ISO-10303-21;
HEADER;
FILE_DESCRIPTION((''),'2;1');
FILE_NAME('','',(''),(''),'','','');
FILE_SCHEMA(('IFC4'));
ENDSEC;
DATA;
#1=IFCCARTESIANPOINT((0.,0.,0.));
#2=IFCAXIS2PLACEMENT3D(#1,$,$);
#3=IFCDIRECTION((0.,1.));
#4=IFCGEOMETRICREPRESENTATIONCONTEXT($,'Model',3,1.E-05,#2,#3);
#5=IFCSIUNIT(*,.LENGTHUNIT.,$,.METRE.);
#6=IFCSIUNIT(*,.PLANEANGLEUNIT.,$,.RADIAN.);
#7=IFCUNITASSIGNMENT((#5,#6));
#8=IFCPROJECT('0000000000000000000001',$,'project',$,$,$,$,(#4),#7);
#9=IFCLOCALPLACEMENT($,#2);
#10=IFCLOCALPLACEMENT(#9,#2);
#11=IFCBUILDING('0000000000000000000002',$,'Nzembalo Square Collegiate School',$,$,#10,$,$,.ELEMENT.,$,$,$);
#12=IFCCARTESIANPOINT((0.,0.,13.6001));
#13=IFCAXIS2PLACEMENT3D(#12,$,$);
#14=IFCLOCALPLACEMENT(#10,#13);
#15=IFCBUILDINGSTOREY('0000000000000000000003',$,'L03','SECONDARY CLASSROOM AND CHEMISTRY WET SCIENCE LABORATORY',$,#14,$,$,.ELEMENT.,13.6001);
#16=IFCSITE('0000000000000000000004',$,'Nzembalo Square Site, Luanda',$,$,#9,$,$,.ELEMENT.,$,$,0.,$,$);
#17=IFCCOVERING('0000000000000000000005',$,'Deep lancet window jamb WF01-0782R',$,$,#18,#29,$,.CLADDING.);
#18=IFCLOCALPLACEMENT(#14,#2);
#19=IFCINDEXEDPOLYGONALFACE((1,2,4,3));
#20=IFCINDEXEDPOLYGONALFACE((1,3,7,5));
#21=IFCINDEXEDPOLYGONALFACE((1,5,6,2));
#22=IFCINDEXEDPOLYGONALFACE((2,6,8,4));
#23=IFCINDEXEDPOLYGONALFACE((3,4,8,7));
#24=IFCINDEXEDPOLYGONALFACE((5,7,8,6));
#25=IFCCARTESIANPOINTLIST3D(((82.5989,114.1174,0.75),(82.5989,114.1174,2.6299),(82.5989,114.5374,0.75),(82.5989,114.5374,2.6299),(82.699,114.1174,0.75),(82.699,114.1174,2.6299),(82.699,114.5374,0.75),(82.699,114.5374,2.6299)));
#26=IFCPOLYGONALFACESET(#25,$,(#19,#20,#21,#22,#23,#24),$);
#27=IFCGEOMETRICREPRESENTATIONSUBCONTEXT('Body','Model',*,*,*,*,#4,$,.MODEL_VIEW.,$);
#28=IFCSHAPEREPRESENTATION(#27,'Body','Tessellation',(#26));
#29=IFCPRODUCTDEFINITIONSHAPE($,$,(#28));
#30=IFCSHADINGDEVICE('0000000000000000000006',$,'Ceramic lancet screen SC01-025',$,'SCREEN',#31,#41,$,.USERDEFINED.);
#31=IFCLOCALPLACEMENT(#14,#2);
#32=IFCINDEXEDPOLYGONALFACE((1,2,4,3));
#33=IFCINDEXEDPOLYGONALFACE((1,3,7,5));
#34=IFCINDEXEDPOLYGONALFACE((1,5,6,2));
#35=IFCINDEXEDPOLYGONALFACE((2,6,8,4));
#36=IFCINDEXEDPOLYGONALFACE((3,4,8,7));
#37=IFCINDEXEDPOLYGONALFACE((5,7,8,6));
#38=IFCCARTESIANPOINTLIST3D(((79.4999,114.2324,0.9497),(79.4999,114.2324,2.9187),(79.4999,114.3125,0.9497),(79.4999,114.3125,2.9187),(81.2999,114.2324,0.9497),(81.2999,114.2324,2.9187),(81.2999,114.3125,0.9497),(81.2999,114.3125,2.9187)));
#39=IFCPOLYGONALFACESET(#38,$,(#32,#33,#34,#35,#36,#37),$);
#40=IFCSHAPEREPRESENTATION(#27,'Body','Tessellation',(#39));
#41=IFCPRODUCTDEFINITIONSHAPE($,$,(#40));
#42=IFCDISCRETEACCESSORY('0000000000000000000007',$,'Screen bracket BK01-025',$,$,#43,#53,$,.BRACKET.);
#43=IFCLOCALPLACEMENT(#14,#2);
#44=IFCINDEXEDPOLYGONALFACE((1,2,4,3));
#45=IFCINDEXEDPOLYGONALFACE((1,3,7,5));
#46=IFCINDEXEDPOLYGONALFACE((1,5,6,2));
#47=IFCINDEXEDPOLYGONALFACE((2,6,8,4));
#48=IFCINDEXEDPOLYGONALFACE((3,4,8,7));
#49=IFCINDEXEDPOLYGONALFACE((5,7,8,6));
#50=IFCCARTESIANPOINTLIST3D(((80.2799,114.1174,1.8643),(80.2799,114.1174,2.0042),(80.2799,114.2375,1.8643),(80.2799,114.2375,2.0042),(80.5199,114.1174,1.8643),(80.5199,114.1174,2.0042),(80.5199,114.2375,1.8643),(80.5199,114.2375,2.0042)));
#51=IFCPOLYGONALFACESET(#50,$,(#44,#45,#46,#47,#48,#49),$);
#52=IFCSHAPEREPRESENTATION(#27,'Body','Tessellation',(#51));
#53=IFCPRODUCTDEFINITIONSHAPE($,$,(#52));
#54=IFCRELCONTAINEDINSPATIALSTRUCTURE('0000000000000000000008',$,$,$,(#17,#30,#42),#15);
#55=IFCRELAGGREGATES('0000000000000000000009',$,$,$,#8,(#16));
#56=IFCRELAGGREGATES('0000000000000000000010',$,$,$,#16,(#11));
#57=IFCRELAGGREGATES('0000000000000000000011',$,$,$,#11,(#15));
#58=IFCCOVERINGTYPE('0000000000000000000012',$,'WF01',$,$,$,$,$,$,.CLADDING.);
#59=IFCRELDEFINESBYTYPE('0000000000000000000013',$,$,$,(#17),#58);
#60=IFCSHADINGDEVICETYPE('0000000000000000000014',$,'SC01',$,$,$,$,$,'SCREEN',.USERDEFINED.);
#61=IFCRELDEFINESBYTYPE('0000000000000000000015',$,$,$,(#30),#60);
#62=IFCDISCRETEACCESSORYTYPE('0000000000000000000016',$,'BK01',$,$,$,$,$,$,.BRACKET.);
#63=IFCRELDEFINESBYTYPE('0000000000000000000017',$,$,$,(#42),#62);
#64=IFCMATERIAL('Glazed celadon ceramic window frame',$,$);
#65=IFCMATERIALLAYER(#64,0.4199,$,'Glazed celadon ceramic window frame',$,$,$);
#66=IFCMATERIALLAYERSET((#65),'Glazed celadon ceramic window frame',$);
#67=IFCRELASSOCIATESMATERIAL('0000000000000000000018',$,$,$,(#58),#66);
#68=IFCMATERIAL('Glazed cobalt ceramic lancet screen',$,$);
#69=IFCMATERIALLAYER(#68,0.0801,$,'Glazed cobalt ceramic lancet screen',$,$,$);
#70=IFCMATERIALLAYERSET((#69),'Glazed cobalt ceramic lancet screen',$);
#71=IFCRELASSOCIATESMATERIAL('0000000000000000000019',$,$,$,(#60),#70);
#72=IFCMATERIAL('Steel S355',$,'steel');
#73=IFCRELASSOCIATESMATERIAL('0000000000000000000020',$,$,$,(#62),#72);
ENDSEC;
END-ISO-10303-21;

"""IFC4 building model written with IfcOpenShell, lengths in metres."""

from ifc_helpers import new_model, si_unit, direction, frame, origin, origin_2d, place, context, subcontext, project, spatial, rectangle, extrude, material, layer, layer_set, type_object, element, save


model = new_model("IFC4")

# Units and contexts
model_context = context("Model", 3, precision=1e-05, world=origin(), true_north=direction((0.0, 1.0)))
body_context = subcontext(model_context, "Body", "Model", "MODEL_VIEW")
ifc_project = project(units=[si_unit("LENGTHUNIT", "METRE"), si_unit("PLANEANGLEUNIT", "RADIAN")], contexts=[model_context])

# Site, building, storey
site_placement = place(None, origin())
site = spatial("IfcSite", under=ifc_project, at=site_placement, Name="Nzembalo Square Site, Luanda", CompositionType="ELEMENT", RefElevation=0.0)
building_placement = place(site_placement, origin())
building = spatial("IfcBuilding", under=site, at=building_placement, Name="Nzembalo Square Collegiate School", CompositionType="ELEMENT")
storey_placement = place(building_placement, frame((0.0, 0.0, 13.6001)))
storey = spatial("IfcBuildingStorey", under=building, at=storey_placement, Name="L03", Description="SECONDARY CLASSROOM AND CHEMISTRY WET SCIENCE LABORATORY", CompositionType="ELEMENT", Elevation=13.6001)

# Covering
ifc_material_1 = material(Name="Glazed celadon ceramic window frame")
ifc_layer_1 = layer(ifc_material_1, 0.4199, Name="Glazed celadon ceramic window frame")
ifc_layer_set_1 = layer_set([ifc_layer_1], Name="Glazed celadon ceramic window frame")
covering_type_1 = type_object("IfcCoveringType", Name="WF01", PredefinedType="CLADDING", material=ifc_layer_set_1)
for number, where, z_axis, x_axis, name in (
    (1, (82.6489, 114.3274, 0.75), (0.0, 0.0, 1.0), (1.0, 0.0, 0.0), "Deep lancet window jamb WF01-0782R"),
):
    element("IfcCovering", number, at=place(storey_placement, frame(where, z_axis=z_axis, x_axis=x_axis)), inside=storey, type_object=covering_type_1, Name=name, PredefinedType="CLADDING", context=body_context, shape_type="SweptSolid", body=[
        extrude(rectangle(XDim=0.1001, YDim=0.4199, at=origin_2d()), origin(), (0.0, 0.0, 1.0), 1.8799),
    ])

# Shading device
ifc_material_2 = material(Name="Glazed cobalt ceramic lancet screen")
ifc_layer_2 = layer(ifc_material_2, 0.0801, Name="Glazed cobalt ceramic lancet screen")
ifc_layer_set_2 = layer_set([ifc_layer_2], Name="Glazed cobalt ceramic lancet screen")
shading_device_type = type_object("IfcShadingDeviceType", Name="SC01", ElementType="SCREEN", PredefinedType="USERDEFINED", material=ifc_layer_set_2)
shading_device_placement = place(storey_placement, frame((80.3999, 114.2725, 0.9497), z_axis=(0.0, 0.0, 1.0), x_axis=(1.0, 0.0, 0.0)))
element("IfcShadingDevice", 2, at=shading_device_placement, inside=storey, type_object=shading_device_type, Name="Ceramic lancet screen SC01-025", ObjectType="SCREEN", PredefinedType="USERDEFINED", context=body_context, shape_type="SweptSolid", body=[
    extrude(rectangle(XDim=1.8, YDim=0.0801, at=origin_2d()), origin(), (0.0, 0.0, 1.0), 1.969),
])

# Discrete accessory
ifc_material_3 = material(Name="Steel S355", Category="steel")
discrete_accessory_type = type_object("IfcDiscreteAccessoryType", Name="BK01", PredefinedType="BRACKET", material=ifc_material_3)
discrete_accessory_placement = place(storey_placement, frame((80.3999, 114.1775, 1.8643), z_axis=(0.0, 0.0, 1.0), x_axis=(1.0, 0.0, 0.0)))
element("IfcDiscreteAccessory", 3, at=discrete_accessory_placement, inside=storey, type_object=discrete_accessory_type, Name="Screen bracket BK01-025", PredefinedType="BRACKET", context=body_context, shape_type="SweptSolid", body=[
    extrude(rectangle(XDim=0.24, YDim=0.1201, at=origin_2d()), origin(), (0.0, 0.0, 1.0), 0.1399),
])

save(model, "model.ifc")
